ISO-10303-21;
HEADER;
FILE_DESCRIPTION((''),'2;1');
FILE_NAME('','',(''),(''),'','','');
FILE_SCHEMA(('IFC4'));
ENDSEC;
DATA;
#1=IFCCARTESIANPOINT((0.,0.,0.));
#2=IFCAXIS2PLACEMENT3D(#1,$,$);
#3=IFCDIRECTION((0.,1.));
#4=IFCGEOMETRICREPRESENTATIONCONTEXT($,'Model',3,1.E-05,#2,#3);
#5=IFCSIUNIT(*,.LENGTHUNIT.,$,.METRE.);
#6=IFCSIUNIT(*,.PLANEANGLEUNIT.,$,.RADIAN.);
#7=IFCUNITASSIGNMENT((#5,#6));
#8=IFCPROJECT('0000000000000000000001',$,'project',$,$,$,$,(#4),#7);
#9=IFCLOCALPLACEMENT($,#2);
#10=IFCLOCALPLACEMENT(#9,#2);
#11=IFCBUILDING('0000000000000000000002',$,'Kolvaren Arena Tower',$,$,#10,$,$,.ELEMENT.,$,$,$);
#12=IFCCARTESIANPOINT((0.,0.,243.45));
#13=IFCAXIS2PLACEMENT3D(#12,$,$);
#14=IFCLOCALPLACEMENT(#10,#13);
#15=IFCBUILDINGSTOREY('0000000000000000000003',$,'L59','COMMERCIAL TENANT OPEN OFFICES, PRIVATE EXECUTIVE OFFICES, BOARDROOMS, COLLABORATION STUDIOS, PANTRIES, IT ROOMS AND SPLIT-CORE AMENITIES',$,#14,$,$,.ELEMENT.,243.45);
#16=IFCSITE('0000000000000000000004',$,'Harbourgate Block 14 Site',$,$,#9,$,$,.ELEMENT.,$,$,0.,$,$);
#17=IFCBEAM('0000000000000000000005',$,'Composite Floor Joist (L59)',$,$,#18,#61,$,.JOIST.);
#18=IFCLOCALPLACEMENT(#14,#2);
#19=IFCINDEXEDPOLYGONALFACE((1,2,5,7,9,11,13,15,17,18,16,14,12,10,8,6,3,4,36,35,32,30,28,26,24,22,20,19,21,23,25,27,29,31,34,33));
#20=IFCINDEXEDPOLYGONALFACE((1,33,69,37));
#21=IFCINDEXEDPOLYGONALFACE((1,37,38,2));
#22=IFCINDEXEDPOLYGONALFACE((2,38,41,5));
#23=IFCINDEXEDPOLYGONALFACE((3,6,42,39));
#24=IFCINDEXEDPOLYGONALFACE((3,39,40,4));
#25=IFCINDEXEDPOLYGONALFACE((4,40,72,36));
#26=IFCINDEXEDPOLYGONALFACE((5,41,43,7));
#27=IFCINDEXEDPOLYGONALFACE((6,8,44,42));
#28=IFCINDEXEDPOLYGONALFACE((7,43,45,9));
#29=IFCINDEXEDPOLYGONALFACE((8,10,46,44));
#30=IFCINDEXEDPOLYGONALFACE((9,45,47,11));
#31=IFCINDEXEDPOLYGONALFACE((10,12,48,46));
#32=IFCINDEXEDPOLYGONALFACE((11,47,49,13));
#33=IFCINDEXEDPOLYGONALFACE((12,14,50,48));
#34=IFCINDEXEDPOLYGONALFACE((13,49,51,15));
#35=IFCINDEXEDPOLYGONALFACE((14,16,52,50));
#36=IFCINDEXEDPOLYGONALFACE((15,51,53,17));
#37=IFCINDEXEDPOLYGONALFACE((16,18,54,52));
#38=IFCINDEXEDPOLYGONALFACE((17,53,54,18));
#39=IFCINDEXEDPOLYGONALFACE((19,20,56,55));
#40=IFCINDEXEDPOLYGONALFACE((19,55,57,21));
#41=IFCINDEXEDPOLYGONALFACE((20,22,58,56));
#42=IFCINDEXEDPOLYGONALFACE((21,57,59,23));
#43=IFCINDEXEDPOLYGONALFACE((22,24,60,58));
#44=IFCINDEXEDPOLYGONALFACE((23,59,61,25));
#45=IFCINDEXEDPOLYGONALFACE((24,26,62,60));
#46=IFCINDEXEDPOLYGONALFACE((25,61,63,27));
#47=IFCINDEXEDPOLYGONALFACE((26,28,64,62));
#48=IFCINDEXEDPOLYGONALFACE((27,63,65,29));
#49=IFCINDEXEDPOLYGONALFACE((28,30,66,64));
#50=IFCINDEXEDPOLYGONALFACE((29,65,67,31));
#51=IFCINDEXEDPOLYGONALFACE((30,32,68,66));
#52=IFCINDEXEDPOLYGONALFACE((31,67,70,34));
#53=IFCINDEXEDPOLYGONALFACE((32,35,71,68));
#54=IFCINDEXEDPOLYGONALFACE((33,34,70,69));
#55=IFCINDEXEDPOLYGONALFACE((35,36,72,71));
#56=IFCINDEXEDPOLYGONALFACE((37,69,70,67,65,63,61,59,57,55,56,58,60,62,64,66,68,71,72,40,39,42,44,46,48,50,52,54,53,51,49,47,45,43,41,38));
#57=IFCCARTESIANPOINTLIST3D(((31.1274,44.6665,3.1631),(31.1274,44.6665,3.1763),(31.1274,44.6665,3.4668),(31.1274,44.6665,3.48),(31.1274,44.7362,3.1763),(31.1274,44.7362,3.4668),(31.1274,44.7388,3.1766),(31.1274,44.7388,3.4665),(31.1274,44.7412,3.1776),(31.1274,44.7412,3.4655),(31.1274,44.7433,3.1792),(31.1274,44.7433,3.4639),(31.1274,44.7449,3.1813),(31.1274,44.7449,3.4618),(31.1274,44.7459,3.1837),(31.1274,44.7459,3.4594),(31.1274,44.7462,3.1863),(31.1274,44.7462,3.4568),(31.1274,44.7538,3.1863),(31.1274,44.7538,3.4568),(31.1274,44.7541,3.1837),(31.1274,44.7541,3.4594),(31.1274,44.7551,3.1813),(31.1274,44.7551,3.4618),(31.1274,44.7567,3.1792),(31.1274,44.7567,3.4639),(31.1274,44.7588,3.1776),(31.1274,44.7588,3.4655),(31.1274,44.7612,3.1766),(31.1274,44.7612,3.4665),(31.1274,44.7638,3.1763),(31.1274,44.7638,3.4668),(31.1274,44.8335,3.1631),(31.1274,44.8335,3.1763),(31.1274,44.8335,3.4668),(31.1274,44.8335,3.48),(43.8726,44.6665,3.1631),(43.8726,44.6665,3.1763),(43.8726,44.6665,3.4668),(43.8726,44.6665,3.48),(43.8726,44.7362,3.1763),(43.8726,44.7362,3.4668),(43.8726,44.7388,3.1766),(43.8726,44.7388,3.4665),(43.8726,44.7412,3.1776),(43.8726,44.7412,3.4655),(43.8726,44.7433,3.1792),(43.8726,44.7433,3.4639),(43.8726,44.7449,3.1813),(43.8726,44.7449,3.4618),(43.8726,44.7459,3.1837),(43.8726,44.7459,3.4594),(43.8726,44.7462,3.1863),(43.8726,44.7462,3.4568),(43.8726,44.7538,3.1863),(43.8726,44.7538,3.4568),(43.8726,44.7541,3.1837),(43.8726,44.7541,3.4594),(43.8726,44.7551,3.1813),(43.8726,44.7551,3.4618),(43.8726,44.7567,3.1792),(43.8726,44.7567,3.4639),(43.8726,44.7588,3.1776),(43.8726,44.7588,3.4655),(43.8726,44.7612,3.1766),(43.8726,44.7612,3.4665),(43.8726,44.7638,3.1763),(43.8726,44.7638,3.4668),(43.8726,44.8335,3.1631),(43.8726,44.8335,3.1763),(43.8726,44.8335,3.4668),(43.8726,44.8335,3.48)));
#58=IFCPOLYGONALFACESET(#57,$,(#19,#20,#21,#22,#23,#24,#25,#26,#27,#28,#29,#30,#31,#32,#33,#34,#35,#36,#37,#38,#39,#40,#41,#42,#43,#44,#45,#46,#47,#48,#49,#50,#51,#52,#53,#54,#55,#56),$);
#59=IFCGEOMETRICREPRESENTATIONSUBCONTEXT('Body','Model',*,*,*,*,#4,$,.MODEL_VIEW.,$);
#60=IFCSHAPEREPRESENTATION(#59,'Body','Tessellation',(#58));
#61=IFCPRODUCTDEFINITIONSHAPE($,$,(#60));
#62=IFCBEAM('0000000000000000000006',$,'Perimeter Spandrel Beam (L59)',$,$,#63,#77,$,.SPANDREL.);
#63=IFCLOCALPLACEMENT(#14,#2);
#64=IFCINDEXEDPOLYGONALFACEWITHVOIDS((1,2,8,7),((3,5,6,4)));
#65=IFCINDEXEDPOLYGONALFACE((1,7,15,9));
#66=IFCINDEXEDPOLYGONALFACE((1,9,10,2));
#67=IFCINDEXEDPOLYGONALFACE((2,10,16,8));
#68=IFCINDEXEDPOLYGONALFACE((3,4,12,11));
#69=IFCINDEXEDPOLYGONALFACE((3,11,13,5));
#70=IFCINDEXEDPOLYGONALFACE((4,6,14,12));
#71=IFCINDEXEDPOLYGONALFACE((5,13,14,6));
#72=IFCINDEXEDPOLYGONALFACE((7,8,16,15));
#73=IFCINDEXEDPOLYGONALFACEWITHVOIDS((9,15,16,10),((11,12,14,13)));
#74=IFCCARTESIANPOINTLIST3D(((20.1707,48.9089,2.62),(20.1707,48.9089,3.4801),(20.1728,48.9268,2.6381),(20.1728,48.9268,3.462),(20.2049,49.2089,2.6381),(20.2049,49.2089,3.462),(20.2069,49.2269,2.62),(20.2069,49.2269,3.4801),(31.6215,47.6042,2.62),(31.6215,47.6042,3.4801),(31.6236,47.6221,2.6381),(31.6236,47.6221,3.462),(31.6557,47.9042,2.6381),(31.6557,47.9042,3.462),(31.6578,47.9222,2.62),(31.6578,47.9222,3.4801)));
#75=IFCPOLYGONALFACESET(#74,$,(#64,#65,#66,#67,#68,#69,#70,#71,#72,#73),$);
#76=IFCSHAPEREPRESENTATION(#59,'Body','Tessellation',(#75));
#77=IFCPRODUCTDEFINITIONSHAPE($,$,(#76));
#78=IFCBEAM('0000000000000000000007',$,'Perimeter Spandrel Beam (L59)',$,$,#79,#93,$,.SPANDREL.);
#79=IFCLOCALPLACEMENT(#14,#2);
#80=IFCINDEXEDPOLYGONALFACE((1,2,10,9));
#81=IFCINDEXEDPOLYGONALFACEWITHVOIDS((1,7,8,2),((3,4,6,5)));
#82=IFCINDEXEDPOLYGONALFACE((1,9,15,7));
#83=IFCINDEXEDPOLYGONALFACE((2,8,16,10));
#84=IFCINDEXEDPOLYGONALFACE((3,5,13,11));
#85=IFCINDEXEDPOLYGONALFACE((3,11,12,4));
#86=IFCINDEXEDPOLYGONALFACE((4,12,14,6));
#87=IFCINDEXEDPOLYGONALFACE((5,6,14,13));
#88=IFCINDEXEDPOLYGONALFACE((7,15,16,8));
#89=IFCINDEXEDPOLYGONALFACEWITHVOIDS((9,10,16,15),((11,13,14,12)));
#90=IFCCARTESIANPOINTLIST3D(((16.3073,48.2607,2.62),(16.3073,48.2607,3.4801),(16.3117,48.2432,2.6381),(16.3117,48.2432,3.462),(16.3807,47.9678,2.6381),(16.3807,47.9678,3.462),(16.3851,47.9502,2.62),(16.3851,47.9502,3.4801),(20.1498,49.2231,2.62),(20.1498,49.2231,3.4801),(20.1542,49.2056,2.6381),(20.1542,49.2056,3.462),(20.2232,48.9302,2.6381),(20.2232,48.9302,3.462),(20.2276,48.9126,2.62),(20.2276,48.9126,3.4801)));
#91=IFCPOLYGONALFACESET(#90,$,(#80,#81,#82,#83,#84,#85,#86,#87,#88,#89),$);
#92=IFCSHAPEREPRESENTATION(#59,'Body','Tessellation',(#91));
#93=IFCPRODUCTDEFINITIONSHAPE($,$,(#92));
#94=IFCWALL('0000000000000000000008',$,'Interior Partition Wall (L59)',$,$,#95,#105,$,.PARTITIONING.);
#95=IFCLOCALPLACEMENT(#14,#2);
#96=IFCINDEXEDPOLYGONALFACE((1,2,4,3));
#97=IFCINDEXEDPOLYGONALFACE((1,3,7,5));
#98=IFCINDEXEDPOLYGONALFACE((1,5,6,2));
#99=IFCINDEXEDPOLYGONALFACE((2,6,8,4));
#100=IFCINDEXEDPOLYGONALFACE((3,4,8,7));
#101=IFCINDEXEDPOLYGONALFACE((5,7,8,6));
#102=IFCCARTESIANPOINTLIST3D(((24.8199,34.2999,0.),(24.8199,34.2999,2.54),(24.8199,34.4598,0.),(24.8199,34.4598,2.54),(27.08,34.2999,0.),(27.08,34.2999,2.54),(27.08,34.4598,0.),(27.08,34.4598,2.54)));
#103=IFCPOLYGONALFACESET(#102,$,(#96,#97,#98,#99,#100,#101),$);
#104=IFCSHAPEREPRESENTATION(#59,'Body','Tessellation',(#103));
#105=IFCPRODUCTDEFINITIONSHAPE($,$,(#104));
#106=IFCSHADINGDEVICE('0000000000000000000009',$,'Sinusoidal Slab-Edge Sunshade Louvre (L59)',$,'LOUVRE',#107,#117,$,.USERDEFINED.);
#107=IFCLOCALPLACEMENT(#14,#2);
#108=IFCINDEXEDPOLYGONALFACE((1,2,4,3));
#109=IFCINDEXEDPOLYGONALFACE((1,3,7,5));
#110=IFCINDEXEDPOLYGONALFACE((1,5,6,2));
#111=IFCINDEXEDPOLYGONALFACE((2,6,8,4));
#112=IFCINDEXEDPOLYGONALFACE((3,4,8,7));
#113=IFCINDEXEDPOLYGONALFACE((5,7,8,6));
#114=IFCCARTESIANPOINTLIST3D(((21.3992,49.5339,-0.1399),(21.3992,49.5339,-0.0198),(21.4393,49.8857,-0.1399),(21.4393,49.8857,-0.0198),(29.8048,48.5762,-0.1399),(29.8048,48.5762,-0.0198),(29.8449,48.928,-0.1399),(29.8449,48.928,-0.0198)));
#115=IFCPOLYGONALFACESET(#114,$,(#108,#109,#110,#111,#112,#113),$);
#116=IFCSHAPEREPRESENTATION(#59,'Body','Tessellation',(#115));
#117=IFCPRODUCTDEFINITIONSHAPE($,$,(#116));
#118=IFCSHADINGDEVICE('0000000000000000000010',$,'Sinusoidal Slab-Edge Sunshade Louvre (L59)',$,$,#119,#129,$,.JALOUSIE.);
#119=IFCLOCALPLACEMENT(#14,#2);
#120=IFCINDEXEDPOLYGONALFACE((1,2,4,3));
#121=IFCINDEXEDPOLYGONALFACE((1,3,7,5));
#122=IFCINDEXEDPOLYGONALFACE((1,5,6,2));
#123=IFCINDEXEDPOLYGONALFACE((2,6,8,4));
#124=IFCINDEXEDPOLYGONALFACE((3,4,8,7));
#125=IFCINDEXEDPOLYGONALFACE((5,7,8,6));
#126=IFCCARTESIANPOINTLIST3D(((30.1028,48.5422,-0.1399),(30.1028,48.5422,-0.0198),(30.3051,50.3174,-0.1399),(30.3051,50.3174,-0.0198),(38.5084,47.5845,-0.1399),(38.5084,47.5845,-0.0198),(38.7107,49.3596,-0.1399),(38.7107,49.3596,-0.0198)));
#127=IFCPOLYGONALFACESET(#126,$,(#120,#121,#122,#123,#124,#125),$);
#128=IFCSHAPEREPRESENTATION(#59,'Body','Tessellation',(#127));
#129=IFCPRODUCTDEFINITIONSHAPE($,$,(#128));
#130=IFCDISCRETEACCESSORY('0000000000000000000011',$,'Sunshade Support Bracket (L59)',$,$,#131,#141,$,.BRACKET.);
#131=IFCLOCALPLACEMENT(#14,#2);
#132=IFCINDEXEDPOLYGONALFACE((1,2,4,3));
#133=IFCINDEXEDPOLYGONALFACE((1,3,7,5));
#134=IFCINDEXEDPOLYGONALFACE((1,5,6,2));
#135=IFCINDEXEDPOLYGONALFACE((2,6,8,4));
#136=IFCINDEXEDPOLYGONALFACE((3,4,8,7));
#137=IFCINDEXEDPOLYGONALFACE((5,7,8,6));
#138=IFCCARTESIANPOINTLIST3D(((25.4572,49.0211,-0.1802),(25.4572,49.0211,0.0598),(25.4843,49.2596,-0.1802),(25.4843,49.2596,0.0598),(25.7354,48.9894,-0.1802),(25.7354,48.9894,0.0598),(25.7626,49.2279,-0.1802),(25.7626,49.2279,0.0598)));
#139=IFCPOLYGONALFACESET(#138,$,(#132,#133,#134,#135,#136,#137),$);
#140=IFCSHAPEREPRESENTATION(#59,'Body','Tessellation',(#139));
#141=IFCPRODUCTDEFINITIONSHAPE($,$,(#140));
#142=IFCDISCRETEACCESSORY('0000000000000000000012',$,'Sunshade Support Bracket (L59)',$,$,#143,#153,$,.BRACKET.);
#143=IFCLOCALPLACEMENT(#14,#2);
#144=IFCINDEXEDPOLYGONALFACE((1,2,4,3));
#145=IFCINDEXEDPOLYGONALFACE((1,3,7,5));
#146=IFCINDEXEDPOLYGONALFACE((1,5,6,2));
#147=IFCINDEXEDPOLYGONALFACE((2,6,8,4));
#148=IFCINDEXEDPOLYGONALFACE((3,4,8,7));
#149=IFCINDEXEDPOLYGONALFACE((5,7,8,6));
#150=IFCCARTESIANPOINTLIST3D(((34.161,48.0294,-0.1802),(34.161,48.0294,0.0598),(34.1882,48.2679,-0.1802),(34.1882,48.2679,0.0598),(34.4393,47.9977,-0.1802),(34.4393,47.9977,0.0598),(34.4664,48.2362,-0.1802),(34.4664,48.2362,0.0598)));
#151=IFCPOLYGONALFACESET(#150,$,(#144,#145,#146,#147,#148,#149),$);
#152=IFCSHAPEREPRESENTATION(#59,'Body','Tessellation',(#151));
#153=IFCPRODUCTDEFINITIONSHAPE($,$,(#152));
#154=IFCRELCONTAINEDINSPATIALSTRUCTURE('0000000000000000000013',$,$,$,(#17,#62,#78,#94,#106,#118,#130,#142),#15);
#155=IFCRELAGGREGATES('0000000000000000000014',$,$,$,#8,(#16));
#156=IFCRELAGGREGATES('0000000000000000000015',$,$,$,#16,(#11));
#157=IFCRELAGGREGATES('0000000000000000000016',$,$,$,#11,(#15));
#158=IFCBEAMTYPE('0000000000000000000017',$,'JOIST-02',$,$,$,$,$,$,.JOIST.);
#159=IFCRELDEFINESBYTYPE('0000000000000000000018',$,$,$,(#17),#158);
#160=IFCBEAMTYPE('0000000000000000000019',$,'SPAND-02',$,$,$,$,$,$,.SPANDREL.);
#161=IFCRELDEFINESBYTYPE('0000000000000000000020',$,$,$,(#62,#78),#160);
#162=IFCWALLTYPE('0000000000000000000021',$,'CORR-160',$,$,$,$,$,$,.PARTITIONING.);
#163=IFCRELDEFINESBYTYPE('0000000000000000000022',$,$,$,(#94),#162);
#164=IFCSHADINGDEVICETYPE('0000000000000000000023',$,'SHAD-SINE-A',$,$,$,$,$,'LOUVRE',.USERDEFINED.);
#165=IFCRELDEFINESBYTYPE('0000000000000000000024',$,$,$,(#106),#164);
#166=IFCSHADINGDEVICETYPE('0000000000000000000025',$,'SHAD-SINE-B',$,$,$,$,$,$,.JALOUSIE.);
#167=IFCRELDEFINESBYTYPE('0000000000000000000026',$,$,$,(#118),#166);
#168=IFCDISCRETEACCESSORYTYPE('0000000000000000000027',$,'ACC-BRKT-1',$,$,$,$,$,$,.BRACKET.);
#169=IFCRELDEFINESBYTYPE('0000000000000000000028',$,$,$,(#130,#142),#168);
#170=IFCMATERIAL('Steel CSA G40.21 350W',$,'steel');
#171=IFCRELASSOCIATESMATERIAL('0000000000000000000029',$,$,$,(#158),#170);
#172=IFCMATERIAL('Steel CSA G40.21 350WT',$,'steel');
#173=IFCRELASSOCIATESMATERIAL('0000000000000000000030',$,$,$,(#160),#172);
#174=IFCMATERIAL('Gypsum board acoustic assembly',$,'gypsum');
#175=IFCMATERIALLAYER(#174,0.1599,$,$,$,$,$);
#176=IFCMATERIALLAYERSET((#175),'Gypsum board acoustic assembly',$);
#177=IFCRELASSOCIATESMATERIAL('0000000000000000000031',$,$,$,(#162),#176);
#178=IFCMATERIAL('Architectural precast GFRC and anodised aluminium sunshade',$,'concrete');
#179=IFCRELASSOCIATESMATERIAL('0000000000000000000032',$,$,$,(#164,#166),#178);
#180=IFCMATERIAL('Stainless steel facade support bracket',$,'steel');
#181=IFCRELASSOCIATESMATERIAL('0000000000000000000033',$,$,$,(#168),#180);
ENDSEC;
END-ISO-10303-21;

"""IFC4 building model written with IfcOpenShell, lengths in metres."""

from ifc_helpers import new_model, si_unit, direction, frame, frame_2d, origin, origin_2d, place, context, subcontext, project, spatial, rectangle, hollow_rectangle, i_section, extrude, material, layer, layer_set, material_profile, profile_set, type_object, element, save


model = new_model("IFC4")

# Units and contexts
model_context = context("Model", 3, precision=1e-05, world=origin(), true_north=direction((0.0, 1.0)))
body_context = subcontext(model_context, "Body", "Model", "MODEL_VIEW")
ifc_project = project(units=[si_unit("LENGTHUNIT", "METRE"), si_unit("PLANEANGLEUNIT", "RADIAN")], contexts=[model_context])

# Site, building, storey
site_placement = place(None, origin())
site = spatial("IfcSite", under=ifc_project, at=site_placement, Name="Harbourgate Block 14 Site", CompositionType="ELEMENT", RefElevation=0.0)
building_placement = place(site_placement, origin())
building = spatial("IfcBuilding", under=site, at=building_placement, Name="Kolvaren Arena Tower", CompositionType="ELEMENT")
storey_placement = place(building_placement, frame((0.0, 0.0, 243.45)))
storey = spatial("IfcBuildingStorey", under=building, at=storey_placement, Name="L59", Description="COMMERCIAL TENANT OPEN OFFICES, PRIVATE EXECUTIVE OFFICES, BOARDROOMS, COLLABORATION STUDIOS, PANTRIES, IT ROOMS AND SPLIT-CORE AMENITIES", CompositionType="ELEMENT", Elevation=243.45)

# Beams
ifc_material_1 = material(Name="Steel CSA G40.21 350W", Category="steel")
ifc_material_profile_1 = material_profile(ifc_material_1, i_section(OverallWidth=0.167, OverallDepth=0.3169, WebThickness=0.0076, FlangeThickness=0.0132, FilletRadius=0.01, at=origin_2d()), Name="W310x52")
ifc_profile_set_1 = profile_set([ifc_material_profile_1], Name="Steel CSA G40.21 350W")
beam_type_1 = type_object("IfcBeamType", Name="JOIST-02", PredefinedType="JOIST", material=ifc_profile_set_1)
beam_1_placement = place(storey_placement, frame((31.1274, 44.75, 3.3215), z_axis=(1.0, 0.0, 0.0), x_axis=(0.0, 1.0, 0.0)))
element("IfcBeam", 1, at=beam_1_placement, inside=storey, type_object=beam_type_1, Name="Composite Floor Joist (L59)", PredefinedType="JOIST", context=body_context, shape_type="SweptSolid", body=[
    extrude(i_section(OverallWidth=0.167, OverallDepth=0.3169, WebThickness=0.0076, FlangeThickness=0.0132, FilletRadius=0.01, at=origin_2d()), origin(), (0.0, 0.0, 1.0), 12.7451),
])
ifc_material_2 = material(Name="Steel CSA G40.21 350WT", Category="steel")
ifc_material_profile_2 = material_profile(ifc_material_2, hollow_rectangle(XDim=0.3201, YDim=0.8601, WallThickness=0.0181, at=origin_2d()), Name="HSS 860x320x18")
ifc_profile_set_2 = profile_set([ifc_material_profile_2], Name="Steel CSA G40.21 350WT")
beam_type_2 = type_object("IfcBeamType", Name="SPAND-02", PredefinedType="SPANDREL", material=ifc_profile_set_2)
beam_2_placement = place(storey_placement, frame((31.6396, 47.7632, 3.05), z_axis=(-0.993572, 0.113205, 0.0), x_axis=(-0.113205, -0.993572, 0.0)))
element("IfcBeam", 2, at=beam_2_placement, inside=storey, type_object=beam_type_2, Name="Perimeter Spandrel Beam (L59)", PredefinedType="SPANDREL", context=body_context, shape_type="SweptSolid", body=[
    extrude(hollow_rectangle(XDim=0.3201, YDim=0.8601, WallThickness=0.0181, at=origin_2d()), origin(), (0.0, 0.0, 1.0), 11.5249),
])
beam_3_placement = place(storey_placement, frame((20.1887, 49.0679, 3.05), z_axis=(-0.970037, -0.242956, 0.0), x_axis=(0.242956, -0.970037, 0.0)))
element("IfcBeam", 3, at=beam_3_placement, inside=storey, type_object=beam_type_2, Name="Perimeter Spandrel Beam (L59)", PredefinedType="SPANDREL", context=body_context, shape_type="SweptSolid", body=[
    extrude(hollow_rectangle(XDim=0.3201, YDim=0.8601, WallThickness=0.0181, at=origin_2d()), origin(), (0.0, 0.0, 1.0), 3.9612),
])

# Wall
ifc_material_3 = material(Name="Gypsum board acoustic assembly", Category="gypsum")
ifc_layer = layer(ifc_material_3, 0.1599)
ifc_layer_set = layer_set([ifc_layer], Name="Gypsum board acoustic assembly")
wall_type = type_object("IfcWallType", Name="CORR-160", PredefinedType="PARTITIONING", material=ifc_layer_set)
wall_placement = place(storey_placement, frame((24.8201, 34.3799, 0.0), z_axis=(0.0, 0.0, 1.0), x_axis=(1.0, 0.0, 0.0)))
element("IfcWall", 4, at=wall_placement, inside=storey, type_object=wall_type, Name="Interior Partition Wall (L59)", PredefinedType="PARTITIONING", context=body_context, shape_type="SweptSolid", body=[
    extrude(rectangle(XDim=2.26, YDim=0.1599, at=frame_2d((1.1299, 0.0))), origin(), (0.0, 0.0, 1.0), 2.54),
])

# Shading devices
ifc_material_4 = material(Name="Architectural precast GFRC and anodised aluminium sunshade", Category="concrete")
shading_device_type_1 = type_object("IfcShadingDeviceType", Name="SHAD-SINE-A", ElementType="LOUVRE", PredefinedType="USERDEFINED", material=ifc_material_4)
shading_device_1_placement = place(storey_placement, frame((25.6221, 49.231, -0.1399), z_axis=(0.0, 0.0, 1.0), x_axis=(0.993572, -0.113205, 0.0)))
element("IfcShadingDevice", 5, at=shading_device_1_placement, inside=storey, type_object=shading_device_type_1, Name="Sinusoidal Slab-Edge Sunshade Louvre (L59)", ObjectType="LOUVRE", PredefinedType="USERDEFINED", context=body_context, shape_type="SweptSolid", body=[
    extrude(rectangle(XDim=8.46, YDim=0.354, at=origin_2d()), origin(), (0.0, 0.0, 1.0), 0.1201),
])
shading_device_type_2 = type_object("IfcShadingDeviceType", Name="SHAD-SINE-B", PredefinedType="JALOUSIE", material=ifc_material_4)
shading_device_2_placement = place(storey_placement, frame((34.4067, 48.9509, -0.1399), z_axis=(0.0, 0.0, 1.0), x_axis=(0.993572, -0.113205, 0.0)))
element("IfcShadingDevice", 6, at=shading_device_2_placement, inside=storey, type_object=shading_device_type_2, Name="Sinusoidal Slab-Edge Sunshade Louvre (L59)", PredefinedType="JALOUSIE", context=body_context, shape_type="SweptSolid", body=[
    extrude(rectangle(XDim=8.46, YDim=1.7866, at=origin_2d()), origin(), (0.0, 0.0, 1.0), 0.1201),
])

# Discrete accessories
ifc_material_5 = material(Name="Stainless steel facade support bracket", Category="steel")
discrete_accessory_type = type_object("IfcDiscreteAccessoryType", Name="ACC-BRKT-1", PredefinedType="BRACKET", material=ifc_material_5)
for number, where, z_axis, x_axis, name in (
    (7, (25.6099, 49.1245, -0.1802), (0.0, 0.0, 1.0), (0.993572, -0.113205, 0.0), "Sunshade Support Bracket (L59)"),
    (8, (34.3137, 48.1328, -0.1802), (0.0, 0.0, 1.0), (0.993572, -0.113205, 0.0), "Sunshade Support Bracket (L59)"),
):
    element("IfcDiscreteAccessory", number, at=place(storey_placement, frame(where, z_axis=z_axis, x_axis=x_axis)), inside=storey, type_object=discrete_accessory_type, Name=name, PredefinedType="BRACKET", context=body_context, shape_type="SweptSolid", body=[
        extrude(rectangle(XDim=0.28, YDim=0.24, at=origin_2d()), origin(), (0.0, 0.0, 1.0), 0.24),
    ])

save(model, "model.ifc")
